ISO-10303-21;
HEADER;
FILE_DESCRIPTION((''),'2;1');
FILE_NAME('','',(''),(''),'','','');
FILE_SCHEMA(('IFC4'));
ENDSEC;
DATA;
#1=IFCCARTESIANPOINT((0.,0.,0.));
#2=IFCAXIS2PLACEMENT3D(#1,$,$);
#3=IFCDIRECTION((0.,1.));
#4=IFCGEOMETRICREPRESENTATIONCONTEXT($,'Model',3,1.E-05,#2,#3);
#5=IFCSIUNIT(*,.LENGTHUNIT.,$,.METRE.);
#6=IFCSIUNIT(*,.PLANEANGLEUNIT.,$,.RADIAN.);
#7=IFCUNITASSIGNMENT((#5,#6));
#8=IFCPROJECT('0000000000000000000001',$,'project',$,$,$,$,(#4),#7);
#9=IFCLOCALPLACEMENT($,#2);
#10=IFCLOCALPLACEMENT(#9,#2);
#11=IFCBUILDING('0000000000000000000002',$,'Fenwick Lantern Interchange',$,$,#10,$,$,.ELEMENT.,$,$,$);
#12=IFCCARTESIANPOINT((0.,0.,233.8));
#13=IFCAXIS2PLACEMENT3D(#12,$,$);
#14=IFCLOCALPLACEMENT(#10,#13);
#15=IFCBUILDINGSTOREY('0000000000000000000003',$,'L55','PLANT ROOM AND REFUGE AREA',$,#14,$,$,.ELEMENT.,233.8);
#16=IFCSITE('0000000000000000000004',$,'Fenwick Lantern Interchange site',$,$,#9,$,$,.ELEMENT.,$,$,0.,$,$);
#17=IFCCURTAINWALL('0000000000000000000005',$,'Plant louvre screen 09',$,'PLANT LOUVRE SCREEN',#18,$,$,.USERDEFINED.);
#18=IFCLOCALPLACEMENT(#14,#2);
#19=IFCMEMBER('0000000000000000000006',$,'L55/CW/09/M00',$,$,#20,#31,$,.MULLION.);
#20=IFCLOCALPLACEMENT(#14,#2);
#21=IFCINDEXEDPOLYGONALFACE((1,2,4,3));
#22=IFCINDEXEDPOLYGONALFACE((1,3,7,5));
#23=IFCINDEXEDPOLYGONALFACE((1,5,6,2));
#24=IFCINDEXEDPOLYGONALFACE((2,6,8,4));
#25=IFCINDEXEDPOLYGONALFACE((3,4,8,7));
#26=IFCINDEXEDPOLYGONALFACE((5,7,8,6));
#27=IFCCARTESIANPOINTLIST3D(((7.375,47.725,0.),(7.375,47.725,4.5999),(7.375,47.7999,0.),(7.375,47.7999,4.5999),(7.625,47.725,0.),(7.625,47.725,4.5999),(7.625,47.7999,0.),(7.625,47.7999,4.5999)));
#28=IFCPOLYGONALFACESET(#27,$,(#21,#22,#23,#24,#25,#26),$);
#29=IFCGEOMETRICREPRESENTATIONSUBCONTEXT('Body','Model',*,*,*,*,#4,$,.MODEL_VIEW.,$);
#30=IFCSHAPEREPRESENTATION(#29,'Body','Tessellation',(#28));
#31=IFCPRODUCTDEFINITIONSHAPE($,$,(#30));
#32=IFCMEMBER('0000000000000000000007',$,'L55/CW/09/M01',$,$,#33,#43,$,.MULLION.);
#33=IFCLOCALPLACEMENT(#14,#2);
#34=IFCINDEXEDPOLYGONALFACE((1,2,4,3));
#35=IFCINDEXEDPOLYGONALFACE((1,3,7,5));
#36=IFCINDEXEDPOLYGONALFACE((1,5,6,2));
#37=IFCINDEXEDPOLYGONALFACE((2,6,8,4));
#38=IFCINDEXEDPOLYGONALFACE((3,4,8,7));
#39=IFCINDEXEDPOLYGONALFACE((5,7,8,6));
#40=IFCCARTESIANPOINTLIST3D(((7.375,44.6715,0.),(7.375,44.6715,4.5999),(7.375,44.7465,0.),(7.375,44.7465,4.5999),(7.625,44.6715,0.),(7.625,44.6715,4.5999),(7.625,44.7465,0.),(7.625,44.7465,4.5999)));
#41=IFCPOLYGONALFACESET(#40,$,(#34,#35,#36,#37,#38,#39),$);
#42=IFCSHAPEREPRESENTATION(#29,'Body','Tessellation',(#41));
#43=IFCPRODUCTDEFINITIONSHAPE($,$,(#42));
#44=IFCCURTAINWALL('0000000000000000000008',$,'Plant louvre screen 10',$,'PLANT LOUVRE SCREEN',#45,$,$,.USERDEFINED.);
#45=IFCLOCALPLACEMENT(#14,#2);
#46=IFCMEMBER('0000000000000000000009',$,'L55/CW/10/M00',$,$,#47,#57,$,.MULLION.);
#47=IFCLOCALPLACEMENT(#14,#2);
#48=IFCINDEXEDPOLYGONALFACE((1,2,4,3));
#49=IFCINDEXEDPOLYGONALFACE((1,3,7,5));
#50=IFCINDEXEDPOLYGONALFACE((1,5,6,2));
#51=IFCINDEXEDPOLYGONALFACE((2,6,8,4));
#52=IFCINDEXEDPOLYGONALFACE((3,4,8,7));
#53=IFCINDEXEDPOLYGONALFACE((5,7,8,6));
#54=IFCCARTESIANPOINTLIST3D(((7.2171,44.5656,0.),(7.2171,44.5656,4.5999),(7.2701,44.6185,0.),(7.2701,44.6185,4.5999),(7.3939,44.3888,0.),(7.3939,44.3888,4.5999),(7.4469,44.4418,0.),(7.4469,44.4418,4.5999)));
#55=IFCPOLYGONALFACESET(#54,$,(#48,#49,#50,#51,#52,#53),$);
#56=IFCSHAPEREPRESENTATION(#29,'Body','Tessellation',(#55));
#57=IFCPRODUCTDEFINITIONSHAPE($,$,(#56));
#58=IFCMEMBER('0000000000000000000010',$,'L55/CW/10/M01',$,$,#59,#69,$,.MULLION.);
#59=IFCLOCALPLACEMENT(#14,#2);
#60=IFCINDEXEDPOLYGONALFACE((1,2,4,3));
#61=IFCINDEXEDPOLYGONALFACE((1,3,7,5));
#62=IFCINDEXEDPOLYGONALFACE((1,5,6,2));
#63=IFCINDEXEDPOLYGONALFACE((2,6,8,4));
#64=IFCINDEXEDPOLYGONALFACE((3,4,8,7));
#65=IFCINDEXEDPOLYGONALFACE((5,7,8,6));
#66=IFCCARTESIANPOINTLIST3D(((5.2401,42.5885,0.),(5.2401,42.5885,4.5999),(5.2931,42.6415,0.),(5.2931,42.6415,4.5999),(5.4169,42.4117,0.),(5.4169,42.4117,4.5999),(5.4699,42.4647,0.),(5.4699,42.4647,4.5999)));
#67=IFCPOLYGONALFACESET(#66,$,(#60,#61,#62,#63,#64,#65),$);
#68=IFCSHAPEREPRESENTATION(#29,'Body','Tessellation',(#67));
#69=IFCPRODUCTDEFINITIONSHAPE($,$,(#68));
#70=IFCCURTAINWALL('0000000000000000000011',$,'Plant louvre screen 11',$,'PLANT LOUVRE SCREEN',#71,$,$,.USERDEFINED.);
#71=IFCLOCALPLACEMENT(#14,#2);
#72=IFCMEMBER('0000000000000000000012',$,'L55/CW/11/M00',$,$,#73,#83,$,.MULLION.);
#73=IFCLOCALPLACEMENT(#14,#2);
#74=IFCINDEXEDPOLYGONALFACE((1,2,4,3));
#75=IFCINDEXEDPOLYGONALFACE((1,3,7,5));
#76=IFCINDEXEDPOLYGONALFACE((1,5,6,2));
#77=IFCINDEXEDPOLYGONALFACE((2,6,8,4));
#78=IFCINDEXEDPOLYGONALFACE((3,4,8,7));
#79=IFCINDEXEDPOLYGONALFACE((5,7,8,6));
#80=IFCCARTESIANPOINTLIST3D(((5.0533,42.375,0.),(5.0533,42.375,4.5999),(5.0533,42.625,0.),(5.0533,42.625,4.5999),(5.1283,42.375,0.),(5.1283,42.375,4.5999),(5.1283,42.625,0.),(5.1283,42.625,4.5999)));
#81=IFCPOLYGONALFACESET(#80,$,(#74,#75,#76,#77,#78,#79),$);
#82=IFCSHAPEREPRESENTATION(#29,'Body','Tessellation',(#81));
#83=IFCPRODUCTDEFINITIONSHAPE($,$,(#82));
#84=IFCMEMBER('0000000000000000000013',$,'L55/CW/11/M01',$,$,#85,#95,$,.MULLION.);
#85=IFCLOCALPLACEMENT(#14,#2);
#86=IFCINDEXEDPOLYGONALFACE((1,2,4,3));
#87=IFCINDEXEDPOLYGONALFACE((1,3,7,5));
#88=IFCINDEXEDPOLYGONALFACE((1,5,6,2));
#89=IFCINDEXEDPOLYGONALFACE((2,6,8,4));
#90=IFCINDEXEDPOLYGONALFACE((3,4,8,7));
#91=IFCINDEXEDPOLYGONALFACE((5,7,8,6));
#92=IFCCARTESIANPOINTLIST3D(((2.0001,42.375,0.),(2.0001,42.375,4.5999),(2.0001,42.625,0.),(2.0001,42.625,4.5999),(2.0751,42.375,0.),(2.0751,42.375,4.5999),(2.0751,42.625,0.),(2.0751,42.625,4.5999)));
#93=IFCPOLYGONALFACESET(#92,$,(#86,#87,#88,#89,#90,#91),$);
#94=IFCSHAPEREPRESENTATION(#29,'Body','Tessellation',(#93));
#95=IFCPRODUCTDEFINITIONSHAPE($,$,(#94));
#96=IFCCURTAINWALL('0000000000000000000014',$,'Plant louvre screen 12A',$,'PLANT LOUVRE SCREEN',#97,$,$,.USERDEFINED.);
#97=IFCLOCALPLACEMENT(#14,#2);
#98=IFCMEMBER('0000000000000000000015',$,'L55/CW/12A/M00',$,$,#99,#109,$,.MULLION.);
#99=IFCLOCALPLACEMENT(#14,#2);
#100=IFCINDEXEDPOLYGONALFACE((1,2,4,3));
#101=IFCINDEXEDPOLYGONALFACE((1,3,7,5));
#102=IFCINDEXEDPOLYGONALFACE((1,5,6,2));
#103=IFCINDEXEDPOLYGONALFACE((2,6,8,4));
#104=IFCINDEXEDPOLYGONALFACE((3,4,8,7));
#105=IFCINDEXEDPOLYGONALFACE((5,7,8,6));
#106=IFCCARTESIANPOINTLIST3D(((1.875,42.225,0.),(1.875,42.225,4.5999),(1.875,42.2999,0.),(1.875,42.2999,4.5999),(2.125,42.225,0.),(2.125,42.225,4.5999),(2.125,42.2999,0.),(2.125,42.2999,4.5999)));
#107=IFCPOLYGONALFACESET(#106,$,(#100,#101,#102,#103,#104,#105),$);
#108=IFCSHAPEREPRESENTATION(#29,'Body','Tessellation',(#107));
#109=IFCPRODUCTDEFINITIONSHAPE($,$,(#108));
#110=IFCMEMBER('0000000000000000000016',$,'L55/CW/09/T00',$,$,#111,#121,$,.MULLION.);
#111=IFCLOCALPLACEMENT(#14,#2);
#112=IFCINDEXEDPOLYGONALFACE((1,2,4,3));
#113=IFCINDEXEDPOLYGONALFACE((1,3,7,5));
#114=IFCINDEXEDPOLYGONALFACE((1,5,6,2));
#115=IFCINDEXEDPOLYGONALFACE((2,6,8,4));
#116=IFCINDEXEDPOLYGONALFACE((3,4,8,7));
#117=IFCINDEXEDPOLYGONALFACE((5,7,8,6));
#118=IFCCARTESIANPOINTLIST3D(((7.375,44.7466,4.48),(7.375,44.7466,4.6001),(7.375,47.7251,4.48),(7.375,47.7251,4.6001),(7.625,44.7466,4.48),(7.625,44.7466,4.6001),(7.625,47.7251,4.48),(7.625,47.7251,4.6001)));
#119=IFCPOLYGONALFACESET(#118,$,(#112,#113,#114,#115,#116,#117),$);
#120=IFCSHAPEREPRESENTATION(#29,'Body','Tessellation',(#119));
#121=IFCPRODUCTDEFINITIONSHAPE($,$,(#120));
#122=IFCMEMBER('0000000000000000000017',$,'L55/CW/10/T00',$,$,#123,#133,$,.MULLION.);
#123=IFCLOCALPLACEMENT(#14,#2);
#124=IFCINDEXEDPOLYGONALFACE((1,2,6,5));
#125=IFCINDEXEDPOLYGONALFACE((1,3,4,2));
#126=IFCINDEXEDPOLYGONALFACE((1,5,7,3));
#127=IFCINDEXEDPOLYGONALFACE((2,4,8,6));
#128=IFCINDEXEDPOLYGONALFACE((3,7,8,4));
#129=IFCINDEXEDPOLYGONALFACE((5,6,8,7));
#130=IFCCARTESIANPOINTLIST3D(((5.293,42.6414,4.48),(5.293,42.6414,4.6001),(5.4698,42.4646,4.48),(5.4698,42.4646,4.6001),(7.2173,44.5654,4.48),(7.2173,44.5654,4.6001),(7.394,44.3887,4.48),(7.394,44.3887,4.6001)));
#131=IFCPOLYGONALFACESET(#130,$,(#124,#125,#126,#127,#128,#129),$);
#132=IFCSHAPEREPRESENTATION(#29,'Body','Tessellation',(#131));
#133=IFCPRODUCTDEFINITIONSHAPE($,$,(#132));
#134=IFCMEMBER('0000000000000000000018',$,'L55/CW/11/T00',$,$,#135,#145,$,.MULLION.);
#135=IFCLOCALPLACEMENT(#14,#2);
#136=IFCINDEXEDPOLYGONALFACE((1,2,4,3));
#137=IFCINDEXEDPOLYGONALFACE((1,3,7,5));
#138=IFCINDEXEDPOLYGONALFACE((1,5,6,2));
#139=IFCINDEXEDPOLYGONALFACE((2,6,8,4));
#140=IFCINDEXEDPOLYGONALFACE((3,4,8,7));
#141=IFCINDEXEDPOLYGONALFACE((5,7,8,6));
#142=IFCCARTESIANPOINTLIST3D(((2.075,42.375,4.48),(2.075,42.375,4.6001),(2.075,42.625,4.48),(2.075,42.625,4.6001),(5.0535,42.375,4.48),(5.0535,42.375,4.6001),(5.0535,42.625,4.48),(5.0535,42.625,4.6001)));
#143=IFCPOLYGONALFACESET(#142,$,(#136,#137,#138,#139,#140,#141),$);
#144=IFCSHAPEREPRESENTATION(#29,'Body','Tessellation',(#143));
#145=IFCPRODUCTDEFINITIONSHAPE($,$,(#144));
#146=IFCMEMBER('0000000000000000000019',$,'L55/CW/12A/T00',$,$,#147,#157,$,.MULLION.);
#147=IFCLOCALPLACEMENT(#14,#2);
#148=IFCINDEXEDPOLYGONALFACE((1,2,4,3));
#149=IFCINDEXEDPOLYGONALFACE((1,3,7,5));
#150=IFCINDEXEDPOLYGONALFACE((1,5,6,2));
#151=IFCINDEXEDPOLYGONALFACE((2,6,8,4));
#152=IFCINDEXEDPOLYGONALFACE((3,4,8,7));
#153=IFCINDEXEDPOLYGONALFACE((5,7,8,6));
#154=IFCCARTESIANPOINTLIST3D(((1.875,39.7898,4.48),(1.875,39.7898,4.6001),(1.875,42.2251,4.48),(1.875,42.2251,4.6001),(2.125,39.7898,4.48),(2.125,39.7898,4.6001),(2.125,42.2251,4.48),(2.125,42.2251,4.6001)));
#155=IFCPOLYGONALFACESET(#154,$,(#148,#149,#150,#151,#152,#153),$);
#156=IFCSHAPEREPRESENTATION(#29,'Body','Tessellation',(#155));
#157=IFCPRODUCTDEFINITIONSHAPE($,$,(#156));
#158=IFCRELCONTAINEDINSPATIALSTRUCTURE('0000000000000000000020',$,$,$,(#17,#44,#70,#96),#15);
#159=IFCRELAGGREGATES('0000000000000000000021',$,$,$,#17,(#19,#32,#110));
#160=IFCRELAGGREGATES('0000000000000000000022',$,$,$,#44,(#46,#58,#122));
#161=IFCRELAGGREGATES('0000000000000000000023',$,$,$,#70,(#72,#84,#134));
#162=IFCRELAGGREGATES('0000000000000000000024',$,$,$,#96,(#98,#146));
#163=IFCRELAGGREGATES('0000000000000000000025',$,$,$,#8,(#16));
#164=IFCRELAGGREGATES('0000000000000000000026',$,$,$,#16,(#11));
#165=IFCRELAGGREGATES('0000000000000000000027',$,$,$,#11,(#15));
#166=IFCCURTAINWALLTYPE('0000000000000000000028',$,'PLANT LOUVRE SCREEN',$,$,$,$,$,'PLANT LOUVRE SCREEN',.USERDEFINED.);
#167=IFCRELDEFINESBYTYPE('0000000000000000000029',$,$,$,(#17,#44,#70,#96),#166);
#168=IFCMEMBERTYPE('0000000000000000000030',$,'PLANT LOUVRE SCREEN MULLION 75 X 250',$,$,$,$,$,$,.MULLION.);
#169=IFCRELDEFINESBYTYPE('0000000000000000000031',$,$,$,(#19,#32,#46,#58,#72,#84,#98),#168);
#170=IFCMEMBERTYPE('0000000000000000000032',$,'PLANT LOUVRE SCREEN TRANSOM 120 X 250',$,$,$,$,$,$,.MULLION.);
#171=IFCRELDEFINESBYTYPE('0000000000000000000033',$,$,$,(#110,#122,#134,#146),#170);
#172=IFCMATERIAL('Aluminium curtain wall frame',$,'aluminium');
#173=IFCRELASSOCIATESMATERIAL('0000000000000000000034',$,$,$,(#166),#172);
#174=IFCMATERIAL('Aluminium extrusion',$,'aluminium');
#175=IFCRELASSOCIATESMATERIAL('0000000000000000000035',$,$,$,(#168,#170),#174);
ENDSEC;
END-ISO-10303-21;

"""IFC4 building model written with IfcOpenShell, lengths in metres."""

from ifc_helpers import new_model, si_unit, direction, frame, origin, origin_2d, place, context, subcontext, project, spatial, rectangle, extrude, material, material_profile, profile_set, type_object, element, aggregate, save


model = new_model("IFC4")

# Units and contexts
model_context = context("Model", 3, precision=1e-05, world=origin(), true_north=direction((0.0, 1.0)))
body_context = subcontext(model_context, "Body", "Model", "MODEL_VIEW")
ifc_project = project(units=[si_unit("LENGTHUNIT", "METRE"), si_unit("PLANEANGLEUNIT", "RADIAN")], contexts=[model_context])

# Site, building, storey
site_placement = place(None, origin())
site = spatial("IfcSite", under=ifc_project, at=site_placement, Name="Fenwick Lantern Interchange site", CompositionType="ELEMENT", RefElevation=0.0)
building_placement = place(site_placement, origin())
building = spatial("IfcBuilding", under=site, at=building_placement, Name="Fenwick Lantern Interchange", CompositionType="ELEMENT")
storey_placement = place(building_placement, frame((0.0, 0.0, 233.8)))
storey = spatial("IfcBuildingStorey", under=building, at=storey_placement, Name="L55", Description="PLANT ROOM AND REFUGE AREA", CompositionType="ELEMENT", Elevation=233.8)

# Shared definitions
ifc_material_1 = material(Name="Aluminium curtain wall frame", Category="aluminium")
curtain_wall_type = type_object("IfcCurtainWallType", Name="PLANT LOUVRE SCREEN", ElementType="PLANT LOUVRE SCREEN", PredefinedType="USERDEFINED", material=ifc_material_1)
ifc_material_2 = material(Name="Aluminium extrusion", Category="aluminium")
ifc_material_profile_1 = material_profile(ifc_material_2, rectangle(XDim=0.25, YDim=0.075, at=origin_2d()), Name="PLANT LOUVRE SCREEN MULLION 75 X 250")
ifc_profile_set_1 = profile_set([ifc_material_profile_1], Name="Aluminium extrusion")
member_type_1 = type_object("IfcMemberType", Name="PLANT LOUVRE SCREEN MULLION 75 X 250", PredefinedType="MULLION", material=ifc_profile_set_1)

# Curtain walls, members
curtain_wall_1_placement = place(storey_placement, origin())
curtain_wall_1 = element("IfcCurtainWall", 1, at=curtain_wall_1_placement, inside=storey, type_object=curtain_wall_type, Name="Plant louvre screen 09", ObjectType="PLANT LOUVRE SCREEN", PredefinedType="USERDEFINED")
member_1_placement = place(storey_placement, frame((7.5, 47.7625, 0.0), z_axis=(0.0, 0.0, 1.0), x_axis=(1.0, 0.0, 0.0)))
member_1 = element("IfcMember", 2, at=member_1_placement, type_object=member_type_1, Name="L55/CW/09/M00", PredefinedType="MULLION", context=body_context, shape_type="SweptSolid", body=[
    extrude(rectangle(XDim=0.25, YDim=0.075, at=origin_2d()), origin(), (0.0, 0.0, 1.0), 4.5999),
])
member_2_placement = place(storey_placement, frame((7.5, 44.709, 0.0), z_axis=(0.0, 0.0, 1.0), x_axis=(1.0, 0.0, 0.0)))
member_2 = element("IfcMember", 3, at=member_2_placement, type_object=member_type_1, Name="L55/CW/09/M01", PredefinedType="MULLION", context=body_context, shape_type="SweptSolid", body=[
    extrude(rectangle(XDim=0.25, YDim=0.075, at=origin_2d()), origin(), (0.0, 0.0, 1.0), 4.5999),
])
curtain_wall_2_placement = place(storey_placement, origin())
curtain_wall_2 = element("IfcCurtainWall", 4, at=curtain_wall_2_placement, inside=storey, type_object=curtain_wall_type, Name="Plant louvre screen 10", ObjectType="PLANT LOUVRE SCREEN", PredefinedType="USERDEFINED")
member_3_placement = place(storey_placement, frame((7.332, 44.5037, 0.0), z_axis=(0.0, 0.0, 1.0), x_axis=(0.707107, -0.707107, 0.0)))
member_3 = element("IfcMember", 5, at=member_3_placement, type_object=member_type_1, Name="L55/CW/10/M00", PredefinedType="MULLION", context=body_context, shape_type="SweptSolid", body=[
    extrude(rectangle(XDim=0.25, YDim=0.075, at=origin_2d()), origin(), (0.0, 0.0, 1.0), 4.5999),
])
member_4_placement = place(storey_placement, frame((5.355, 42.5266, 0.0), z_axis=(0.0, 0.0, 1.0), x_axis=(0.707107, -0.707107, 0.0)))
member_4 = element("IfcMember", 6, at=member_4_placement, type_object=member_type_1, Name="L55/CW/10/M01", PredefinedType="MULLION", context=body_context, shape_type="SweptSolid", body=[
    extrude(rectangle(XDim=0.25, YDim=0.075, at=origin_2d()), origin(), (0.0, 0.0, 1.0), 4.5999),
])
curtain_wall_3_placement = place(storey_placement, origin())
curtain_wall_3 = element("IfcCurtainWall", 7, at=curtain_wall_3_placement, inside=storey, type_object=curtain_wall_type, Name="Plant louvre screen 11", ObjectType="PLANT LOUVRE SCREEN", PredefinedType="USERDEFINED")
member_5_placement = place(storey_placement, frame((5.0908, 42.5, 0.0), z_axis=(0.0, 0.0, 1.0), x_axis=(0.0, -1.0, 0.0)))
member_5 = element("IfcMember", 8, at=member_5_placement, type_object=member_type_1, Name="L55/CW/11/M00", PredefinedType="MULLION", context=body_context, shape_type="SweptSolid", body=[
    extrude(rectangle(XDim=0.25, YDim=0.075, at=origin_2d()), origin(), (0.0, 0.0, 1.0), 4.5999),
])
member_6_placement = place(storey_placement, frame((2.0376, 42.5, 0.0), z_axis=(0.0, 0.0, 1.0), x_axis=(0.0, -1.0, 0.0)))
member_6 = element("IfcMember", 9, at=member_6_placement, type_object=member_type_1, Name="L55/CW/11/M01", PredefinedType="MULLION", context=body_context, shape_type="SweptSolid", body=[
    extrude(rectangle(XDim=0.25, YDim=0.075, at=origin_2d()), origin(), (0.0, 0.0, 1.0), 4.5999),
])

# Curtain wall, member
curtain_wall_4_placement = place(storey_placement, origin())
curtain_wall_4 = element("IfcCurtainWall", 10, at=curtain_wall_4_placement, inside=storey, type_object=curtain_wall_type, Name="Plant louvre screen 12A", ObjectType="PLANT LOUVRE SCREEN", PredefinedType="USERDEFINED")
member_7_placement = place(storey_placement, frame((2.0, 42.2625, 0.0), z_axis=(0.0, 0.0, 1.0), x_axis=(1.0, 0.0, 0.0)))
member_7 = element("IfcMember", 11, at=member_7_placement, type_object=member_type_1, Name="L55/CW/12A/M00", PredefinedType="MULLION", context=body_context, shape_type="SweptSolid", body=[
    extrude(rectangle(XDim=0.25, YDim=0.075, at=origin_2d()), origin(), (0.0, 0.0, 1.0), 4.5999),
])

# Members
ifc_material_profile_2 = material_profile(ifc_material_2, rectangle(XDim=0.25, YDim=0.1201, at=origin_2d()), Name="PLANT LOUVRE SCREEN TRANSOM 120 X 250")
ifc_profile_set_2 = profile_set([ifc_material_profile_2], Name="Aluminium extrusion")
member_type_2 = type_object("IfcMemberType", Name="PLANT LOUVRE SCREEN TRANSOM 120 X 250", PredefinedType="MULLION", material=ifc_profile_set_2)
member_8_placement = place(storey_placement, frame((7.5, 47.7251, 4.54), z_axis=(0.0, -1.0, 0.0), x_axis=(1.0, 0.0, 0.0)))
member_8 = element("IfcMember", 12, at=member_8_placement, type_object=member_type_2, Name="L55/CW/09/T00", PredefinedType="MULLION", context=body_context, shape_type="SweptSolid", body=[
    extrude(rectangle(XDim=0.25, YDim=0.1201, at=origin_2d()), origin(), (0.0, 0.0, 1.0), 2.9785),
])
member_9_placement = place(storey_placement, frame((7.3057, 44.4771, 4.54), z_axis=(-0.707152, -0.707062, 0.0), x_axis=(0.707062, -0.707152, 0.0)))
member_9 = element("IfcMember", 13, at=member_9_placement, type_object=member_type_2, Name="L55/CW/10/T00", PredefinedType="MULLION", context=body_context, shape_type="SweptSolid", body=[
    extrude(rectangle(XDim=0.25, YDim=0.1201, at=origin_2d()), origin(), (0.0, 0.0, 1.0), 2.7212),
])
member_10_placement = place(storey_placement, frame((5.0535, 42.5, 4.54), z_axis=(-1.0, 0.0, 0.0), x_axis=(0.0, -1.0, 0.0)))
member_10 = element("IfcMember", 14, at=member_10_placement, type_object=member_type_2, Name="L55/CW/11/T00", PredefinedType="MULLION", context=body_context, shape_type="SweptSolid", body=[
    extrude(rectangle(XDim=0.25, YDim=0.1201, at=origin_2d()), origin(), (0.0, 0.0, 1.0), 2.9785),
])
member_11_placement = place(storey_placement, frame((2.0, 42.2251, 4.54), z_axis=(0.0, -1.0, 0.0), x_axis=(1.0, 0.0, 0.0)))
member_11 = element("IfcMember", 15, at=member_11_placement, type_object=member_type_2, Name="L55/CW/12A/T00", PredefinedType="MULLION", context=body_context, shape_type="SweptSolid", body=[
    extrude(rectangle(XDim=0.25, YDim=0.1201, at=origin_2d()), origin(), (0.0, 0.0, 1.0), 2.4353),
])

aggregate(curtain_wall_1, [member_1, member_2, member_8])
aggregate(curtain_wall_2, [member_3, member_4, member_9])
aggregate(curtain_wall_3, [member_5, member_6, member_10])
aggregate(curtain_wall_4, [member_7, member_11])

save(model, "model.ifc")
